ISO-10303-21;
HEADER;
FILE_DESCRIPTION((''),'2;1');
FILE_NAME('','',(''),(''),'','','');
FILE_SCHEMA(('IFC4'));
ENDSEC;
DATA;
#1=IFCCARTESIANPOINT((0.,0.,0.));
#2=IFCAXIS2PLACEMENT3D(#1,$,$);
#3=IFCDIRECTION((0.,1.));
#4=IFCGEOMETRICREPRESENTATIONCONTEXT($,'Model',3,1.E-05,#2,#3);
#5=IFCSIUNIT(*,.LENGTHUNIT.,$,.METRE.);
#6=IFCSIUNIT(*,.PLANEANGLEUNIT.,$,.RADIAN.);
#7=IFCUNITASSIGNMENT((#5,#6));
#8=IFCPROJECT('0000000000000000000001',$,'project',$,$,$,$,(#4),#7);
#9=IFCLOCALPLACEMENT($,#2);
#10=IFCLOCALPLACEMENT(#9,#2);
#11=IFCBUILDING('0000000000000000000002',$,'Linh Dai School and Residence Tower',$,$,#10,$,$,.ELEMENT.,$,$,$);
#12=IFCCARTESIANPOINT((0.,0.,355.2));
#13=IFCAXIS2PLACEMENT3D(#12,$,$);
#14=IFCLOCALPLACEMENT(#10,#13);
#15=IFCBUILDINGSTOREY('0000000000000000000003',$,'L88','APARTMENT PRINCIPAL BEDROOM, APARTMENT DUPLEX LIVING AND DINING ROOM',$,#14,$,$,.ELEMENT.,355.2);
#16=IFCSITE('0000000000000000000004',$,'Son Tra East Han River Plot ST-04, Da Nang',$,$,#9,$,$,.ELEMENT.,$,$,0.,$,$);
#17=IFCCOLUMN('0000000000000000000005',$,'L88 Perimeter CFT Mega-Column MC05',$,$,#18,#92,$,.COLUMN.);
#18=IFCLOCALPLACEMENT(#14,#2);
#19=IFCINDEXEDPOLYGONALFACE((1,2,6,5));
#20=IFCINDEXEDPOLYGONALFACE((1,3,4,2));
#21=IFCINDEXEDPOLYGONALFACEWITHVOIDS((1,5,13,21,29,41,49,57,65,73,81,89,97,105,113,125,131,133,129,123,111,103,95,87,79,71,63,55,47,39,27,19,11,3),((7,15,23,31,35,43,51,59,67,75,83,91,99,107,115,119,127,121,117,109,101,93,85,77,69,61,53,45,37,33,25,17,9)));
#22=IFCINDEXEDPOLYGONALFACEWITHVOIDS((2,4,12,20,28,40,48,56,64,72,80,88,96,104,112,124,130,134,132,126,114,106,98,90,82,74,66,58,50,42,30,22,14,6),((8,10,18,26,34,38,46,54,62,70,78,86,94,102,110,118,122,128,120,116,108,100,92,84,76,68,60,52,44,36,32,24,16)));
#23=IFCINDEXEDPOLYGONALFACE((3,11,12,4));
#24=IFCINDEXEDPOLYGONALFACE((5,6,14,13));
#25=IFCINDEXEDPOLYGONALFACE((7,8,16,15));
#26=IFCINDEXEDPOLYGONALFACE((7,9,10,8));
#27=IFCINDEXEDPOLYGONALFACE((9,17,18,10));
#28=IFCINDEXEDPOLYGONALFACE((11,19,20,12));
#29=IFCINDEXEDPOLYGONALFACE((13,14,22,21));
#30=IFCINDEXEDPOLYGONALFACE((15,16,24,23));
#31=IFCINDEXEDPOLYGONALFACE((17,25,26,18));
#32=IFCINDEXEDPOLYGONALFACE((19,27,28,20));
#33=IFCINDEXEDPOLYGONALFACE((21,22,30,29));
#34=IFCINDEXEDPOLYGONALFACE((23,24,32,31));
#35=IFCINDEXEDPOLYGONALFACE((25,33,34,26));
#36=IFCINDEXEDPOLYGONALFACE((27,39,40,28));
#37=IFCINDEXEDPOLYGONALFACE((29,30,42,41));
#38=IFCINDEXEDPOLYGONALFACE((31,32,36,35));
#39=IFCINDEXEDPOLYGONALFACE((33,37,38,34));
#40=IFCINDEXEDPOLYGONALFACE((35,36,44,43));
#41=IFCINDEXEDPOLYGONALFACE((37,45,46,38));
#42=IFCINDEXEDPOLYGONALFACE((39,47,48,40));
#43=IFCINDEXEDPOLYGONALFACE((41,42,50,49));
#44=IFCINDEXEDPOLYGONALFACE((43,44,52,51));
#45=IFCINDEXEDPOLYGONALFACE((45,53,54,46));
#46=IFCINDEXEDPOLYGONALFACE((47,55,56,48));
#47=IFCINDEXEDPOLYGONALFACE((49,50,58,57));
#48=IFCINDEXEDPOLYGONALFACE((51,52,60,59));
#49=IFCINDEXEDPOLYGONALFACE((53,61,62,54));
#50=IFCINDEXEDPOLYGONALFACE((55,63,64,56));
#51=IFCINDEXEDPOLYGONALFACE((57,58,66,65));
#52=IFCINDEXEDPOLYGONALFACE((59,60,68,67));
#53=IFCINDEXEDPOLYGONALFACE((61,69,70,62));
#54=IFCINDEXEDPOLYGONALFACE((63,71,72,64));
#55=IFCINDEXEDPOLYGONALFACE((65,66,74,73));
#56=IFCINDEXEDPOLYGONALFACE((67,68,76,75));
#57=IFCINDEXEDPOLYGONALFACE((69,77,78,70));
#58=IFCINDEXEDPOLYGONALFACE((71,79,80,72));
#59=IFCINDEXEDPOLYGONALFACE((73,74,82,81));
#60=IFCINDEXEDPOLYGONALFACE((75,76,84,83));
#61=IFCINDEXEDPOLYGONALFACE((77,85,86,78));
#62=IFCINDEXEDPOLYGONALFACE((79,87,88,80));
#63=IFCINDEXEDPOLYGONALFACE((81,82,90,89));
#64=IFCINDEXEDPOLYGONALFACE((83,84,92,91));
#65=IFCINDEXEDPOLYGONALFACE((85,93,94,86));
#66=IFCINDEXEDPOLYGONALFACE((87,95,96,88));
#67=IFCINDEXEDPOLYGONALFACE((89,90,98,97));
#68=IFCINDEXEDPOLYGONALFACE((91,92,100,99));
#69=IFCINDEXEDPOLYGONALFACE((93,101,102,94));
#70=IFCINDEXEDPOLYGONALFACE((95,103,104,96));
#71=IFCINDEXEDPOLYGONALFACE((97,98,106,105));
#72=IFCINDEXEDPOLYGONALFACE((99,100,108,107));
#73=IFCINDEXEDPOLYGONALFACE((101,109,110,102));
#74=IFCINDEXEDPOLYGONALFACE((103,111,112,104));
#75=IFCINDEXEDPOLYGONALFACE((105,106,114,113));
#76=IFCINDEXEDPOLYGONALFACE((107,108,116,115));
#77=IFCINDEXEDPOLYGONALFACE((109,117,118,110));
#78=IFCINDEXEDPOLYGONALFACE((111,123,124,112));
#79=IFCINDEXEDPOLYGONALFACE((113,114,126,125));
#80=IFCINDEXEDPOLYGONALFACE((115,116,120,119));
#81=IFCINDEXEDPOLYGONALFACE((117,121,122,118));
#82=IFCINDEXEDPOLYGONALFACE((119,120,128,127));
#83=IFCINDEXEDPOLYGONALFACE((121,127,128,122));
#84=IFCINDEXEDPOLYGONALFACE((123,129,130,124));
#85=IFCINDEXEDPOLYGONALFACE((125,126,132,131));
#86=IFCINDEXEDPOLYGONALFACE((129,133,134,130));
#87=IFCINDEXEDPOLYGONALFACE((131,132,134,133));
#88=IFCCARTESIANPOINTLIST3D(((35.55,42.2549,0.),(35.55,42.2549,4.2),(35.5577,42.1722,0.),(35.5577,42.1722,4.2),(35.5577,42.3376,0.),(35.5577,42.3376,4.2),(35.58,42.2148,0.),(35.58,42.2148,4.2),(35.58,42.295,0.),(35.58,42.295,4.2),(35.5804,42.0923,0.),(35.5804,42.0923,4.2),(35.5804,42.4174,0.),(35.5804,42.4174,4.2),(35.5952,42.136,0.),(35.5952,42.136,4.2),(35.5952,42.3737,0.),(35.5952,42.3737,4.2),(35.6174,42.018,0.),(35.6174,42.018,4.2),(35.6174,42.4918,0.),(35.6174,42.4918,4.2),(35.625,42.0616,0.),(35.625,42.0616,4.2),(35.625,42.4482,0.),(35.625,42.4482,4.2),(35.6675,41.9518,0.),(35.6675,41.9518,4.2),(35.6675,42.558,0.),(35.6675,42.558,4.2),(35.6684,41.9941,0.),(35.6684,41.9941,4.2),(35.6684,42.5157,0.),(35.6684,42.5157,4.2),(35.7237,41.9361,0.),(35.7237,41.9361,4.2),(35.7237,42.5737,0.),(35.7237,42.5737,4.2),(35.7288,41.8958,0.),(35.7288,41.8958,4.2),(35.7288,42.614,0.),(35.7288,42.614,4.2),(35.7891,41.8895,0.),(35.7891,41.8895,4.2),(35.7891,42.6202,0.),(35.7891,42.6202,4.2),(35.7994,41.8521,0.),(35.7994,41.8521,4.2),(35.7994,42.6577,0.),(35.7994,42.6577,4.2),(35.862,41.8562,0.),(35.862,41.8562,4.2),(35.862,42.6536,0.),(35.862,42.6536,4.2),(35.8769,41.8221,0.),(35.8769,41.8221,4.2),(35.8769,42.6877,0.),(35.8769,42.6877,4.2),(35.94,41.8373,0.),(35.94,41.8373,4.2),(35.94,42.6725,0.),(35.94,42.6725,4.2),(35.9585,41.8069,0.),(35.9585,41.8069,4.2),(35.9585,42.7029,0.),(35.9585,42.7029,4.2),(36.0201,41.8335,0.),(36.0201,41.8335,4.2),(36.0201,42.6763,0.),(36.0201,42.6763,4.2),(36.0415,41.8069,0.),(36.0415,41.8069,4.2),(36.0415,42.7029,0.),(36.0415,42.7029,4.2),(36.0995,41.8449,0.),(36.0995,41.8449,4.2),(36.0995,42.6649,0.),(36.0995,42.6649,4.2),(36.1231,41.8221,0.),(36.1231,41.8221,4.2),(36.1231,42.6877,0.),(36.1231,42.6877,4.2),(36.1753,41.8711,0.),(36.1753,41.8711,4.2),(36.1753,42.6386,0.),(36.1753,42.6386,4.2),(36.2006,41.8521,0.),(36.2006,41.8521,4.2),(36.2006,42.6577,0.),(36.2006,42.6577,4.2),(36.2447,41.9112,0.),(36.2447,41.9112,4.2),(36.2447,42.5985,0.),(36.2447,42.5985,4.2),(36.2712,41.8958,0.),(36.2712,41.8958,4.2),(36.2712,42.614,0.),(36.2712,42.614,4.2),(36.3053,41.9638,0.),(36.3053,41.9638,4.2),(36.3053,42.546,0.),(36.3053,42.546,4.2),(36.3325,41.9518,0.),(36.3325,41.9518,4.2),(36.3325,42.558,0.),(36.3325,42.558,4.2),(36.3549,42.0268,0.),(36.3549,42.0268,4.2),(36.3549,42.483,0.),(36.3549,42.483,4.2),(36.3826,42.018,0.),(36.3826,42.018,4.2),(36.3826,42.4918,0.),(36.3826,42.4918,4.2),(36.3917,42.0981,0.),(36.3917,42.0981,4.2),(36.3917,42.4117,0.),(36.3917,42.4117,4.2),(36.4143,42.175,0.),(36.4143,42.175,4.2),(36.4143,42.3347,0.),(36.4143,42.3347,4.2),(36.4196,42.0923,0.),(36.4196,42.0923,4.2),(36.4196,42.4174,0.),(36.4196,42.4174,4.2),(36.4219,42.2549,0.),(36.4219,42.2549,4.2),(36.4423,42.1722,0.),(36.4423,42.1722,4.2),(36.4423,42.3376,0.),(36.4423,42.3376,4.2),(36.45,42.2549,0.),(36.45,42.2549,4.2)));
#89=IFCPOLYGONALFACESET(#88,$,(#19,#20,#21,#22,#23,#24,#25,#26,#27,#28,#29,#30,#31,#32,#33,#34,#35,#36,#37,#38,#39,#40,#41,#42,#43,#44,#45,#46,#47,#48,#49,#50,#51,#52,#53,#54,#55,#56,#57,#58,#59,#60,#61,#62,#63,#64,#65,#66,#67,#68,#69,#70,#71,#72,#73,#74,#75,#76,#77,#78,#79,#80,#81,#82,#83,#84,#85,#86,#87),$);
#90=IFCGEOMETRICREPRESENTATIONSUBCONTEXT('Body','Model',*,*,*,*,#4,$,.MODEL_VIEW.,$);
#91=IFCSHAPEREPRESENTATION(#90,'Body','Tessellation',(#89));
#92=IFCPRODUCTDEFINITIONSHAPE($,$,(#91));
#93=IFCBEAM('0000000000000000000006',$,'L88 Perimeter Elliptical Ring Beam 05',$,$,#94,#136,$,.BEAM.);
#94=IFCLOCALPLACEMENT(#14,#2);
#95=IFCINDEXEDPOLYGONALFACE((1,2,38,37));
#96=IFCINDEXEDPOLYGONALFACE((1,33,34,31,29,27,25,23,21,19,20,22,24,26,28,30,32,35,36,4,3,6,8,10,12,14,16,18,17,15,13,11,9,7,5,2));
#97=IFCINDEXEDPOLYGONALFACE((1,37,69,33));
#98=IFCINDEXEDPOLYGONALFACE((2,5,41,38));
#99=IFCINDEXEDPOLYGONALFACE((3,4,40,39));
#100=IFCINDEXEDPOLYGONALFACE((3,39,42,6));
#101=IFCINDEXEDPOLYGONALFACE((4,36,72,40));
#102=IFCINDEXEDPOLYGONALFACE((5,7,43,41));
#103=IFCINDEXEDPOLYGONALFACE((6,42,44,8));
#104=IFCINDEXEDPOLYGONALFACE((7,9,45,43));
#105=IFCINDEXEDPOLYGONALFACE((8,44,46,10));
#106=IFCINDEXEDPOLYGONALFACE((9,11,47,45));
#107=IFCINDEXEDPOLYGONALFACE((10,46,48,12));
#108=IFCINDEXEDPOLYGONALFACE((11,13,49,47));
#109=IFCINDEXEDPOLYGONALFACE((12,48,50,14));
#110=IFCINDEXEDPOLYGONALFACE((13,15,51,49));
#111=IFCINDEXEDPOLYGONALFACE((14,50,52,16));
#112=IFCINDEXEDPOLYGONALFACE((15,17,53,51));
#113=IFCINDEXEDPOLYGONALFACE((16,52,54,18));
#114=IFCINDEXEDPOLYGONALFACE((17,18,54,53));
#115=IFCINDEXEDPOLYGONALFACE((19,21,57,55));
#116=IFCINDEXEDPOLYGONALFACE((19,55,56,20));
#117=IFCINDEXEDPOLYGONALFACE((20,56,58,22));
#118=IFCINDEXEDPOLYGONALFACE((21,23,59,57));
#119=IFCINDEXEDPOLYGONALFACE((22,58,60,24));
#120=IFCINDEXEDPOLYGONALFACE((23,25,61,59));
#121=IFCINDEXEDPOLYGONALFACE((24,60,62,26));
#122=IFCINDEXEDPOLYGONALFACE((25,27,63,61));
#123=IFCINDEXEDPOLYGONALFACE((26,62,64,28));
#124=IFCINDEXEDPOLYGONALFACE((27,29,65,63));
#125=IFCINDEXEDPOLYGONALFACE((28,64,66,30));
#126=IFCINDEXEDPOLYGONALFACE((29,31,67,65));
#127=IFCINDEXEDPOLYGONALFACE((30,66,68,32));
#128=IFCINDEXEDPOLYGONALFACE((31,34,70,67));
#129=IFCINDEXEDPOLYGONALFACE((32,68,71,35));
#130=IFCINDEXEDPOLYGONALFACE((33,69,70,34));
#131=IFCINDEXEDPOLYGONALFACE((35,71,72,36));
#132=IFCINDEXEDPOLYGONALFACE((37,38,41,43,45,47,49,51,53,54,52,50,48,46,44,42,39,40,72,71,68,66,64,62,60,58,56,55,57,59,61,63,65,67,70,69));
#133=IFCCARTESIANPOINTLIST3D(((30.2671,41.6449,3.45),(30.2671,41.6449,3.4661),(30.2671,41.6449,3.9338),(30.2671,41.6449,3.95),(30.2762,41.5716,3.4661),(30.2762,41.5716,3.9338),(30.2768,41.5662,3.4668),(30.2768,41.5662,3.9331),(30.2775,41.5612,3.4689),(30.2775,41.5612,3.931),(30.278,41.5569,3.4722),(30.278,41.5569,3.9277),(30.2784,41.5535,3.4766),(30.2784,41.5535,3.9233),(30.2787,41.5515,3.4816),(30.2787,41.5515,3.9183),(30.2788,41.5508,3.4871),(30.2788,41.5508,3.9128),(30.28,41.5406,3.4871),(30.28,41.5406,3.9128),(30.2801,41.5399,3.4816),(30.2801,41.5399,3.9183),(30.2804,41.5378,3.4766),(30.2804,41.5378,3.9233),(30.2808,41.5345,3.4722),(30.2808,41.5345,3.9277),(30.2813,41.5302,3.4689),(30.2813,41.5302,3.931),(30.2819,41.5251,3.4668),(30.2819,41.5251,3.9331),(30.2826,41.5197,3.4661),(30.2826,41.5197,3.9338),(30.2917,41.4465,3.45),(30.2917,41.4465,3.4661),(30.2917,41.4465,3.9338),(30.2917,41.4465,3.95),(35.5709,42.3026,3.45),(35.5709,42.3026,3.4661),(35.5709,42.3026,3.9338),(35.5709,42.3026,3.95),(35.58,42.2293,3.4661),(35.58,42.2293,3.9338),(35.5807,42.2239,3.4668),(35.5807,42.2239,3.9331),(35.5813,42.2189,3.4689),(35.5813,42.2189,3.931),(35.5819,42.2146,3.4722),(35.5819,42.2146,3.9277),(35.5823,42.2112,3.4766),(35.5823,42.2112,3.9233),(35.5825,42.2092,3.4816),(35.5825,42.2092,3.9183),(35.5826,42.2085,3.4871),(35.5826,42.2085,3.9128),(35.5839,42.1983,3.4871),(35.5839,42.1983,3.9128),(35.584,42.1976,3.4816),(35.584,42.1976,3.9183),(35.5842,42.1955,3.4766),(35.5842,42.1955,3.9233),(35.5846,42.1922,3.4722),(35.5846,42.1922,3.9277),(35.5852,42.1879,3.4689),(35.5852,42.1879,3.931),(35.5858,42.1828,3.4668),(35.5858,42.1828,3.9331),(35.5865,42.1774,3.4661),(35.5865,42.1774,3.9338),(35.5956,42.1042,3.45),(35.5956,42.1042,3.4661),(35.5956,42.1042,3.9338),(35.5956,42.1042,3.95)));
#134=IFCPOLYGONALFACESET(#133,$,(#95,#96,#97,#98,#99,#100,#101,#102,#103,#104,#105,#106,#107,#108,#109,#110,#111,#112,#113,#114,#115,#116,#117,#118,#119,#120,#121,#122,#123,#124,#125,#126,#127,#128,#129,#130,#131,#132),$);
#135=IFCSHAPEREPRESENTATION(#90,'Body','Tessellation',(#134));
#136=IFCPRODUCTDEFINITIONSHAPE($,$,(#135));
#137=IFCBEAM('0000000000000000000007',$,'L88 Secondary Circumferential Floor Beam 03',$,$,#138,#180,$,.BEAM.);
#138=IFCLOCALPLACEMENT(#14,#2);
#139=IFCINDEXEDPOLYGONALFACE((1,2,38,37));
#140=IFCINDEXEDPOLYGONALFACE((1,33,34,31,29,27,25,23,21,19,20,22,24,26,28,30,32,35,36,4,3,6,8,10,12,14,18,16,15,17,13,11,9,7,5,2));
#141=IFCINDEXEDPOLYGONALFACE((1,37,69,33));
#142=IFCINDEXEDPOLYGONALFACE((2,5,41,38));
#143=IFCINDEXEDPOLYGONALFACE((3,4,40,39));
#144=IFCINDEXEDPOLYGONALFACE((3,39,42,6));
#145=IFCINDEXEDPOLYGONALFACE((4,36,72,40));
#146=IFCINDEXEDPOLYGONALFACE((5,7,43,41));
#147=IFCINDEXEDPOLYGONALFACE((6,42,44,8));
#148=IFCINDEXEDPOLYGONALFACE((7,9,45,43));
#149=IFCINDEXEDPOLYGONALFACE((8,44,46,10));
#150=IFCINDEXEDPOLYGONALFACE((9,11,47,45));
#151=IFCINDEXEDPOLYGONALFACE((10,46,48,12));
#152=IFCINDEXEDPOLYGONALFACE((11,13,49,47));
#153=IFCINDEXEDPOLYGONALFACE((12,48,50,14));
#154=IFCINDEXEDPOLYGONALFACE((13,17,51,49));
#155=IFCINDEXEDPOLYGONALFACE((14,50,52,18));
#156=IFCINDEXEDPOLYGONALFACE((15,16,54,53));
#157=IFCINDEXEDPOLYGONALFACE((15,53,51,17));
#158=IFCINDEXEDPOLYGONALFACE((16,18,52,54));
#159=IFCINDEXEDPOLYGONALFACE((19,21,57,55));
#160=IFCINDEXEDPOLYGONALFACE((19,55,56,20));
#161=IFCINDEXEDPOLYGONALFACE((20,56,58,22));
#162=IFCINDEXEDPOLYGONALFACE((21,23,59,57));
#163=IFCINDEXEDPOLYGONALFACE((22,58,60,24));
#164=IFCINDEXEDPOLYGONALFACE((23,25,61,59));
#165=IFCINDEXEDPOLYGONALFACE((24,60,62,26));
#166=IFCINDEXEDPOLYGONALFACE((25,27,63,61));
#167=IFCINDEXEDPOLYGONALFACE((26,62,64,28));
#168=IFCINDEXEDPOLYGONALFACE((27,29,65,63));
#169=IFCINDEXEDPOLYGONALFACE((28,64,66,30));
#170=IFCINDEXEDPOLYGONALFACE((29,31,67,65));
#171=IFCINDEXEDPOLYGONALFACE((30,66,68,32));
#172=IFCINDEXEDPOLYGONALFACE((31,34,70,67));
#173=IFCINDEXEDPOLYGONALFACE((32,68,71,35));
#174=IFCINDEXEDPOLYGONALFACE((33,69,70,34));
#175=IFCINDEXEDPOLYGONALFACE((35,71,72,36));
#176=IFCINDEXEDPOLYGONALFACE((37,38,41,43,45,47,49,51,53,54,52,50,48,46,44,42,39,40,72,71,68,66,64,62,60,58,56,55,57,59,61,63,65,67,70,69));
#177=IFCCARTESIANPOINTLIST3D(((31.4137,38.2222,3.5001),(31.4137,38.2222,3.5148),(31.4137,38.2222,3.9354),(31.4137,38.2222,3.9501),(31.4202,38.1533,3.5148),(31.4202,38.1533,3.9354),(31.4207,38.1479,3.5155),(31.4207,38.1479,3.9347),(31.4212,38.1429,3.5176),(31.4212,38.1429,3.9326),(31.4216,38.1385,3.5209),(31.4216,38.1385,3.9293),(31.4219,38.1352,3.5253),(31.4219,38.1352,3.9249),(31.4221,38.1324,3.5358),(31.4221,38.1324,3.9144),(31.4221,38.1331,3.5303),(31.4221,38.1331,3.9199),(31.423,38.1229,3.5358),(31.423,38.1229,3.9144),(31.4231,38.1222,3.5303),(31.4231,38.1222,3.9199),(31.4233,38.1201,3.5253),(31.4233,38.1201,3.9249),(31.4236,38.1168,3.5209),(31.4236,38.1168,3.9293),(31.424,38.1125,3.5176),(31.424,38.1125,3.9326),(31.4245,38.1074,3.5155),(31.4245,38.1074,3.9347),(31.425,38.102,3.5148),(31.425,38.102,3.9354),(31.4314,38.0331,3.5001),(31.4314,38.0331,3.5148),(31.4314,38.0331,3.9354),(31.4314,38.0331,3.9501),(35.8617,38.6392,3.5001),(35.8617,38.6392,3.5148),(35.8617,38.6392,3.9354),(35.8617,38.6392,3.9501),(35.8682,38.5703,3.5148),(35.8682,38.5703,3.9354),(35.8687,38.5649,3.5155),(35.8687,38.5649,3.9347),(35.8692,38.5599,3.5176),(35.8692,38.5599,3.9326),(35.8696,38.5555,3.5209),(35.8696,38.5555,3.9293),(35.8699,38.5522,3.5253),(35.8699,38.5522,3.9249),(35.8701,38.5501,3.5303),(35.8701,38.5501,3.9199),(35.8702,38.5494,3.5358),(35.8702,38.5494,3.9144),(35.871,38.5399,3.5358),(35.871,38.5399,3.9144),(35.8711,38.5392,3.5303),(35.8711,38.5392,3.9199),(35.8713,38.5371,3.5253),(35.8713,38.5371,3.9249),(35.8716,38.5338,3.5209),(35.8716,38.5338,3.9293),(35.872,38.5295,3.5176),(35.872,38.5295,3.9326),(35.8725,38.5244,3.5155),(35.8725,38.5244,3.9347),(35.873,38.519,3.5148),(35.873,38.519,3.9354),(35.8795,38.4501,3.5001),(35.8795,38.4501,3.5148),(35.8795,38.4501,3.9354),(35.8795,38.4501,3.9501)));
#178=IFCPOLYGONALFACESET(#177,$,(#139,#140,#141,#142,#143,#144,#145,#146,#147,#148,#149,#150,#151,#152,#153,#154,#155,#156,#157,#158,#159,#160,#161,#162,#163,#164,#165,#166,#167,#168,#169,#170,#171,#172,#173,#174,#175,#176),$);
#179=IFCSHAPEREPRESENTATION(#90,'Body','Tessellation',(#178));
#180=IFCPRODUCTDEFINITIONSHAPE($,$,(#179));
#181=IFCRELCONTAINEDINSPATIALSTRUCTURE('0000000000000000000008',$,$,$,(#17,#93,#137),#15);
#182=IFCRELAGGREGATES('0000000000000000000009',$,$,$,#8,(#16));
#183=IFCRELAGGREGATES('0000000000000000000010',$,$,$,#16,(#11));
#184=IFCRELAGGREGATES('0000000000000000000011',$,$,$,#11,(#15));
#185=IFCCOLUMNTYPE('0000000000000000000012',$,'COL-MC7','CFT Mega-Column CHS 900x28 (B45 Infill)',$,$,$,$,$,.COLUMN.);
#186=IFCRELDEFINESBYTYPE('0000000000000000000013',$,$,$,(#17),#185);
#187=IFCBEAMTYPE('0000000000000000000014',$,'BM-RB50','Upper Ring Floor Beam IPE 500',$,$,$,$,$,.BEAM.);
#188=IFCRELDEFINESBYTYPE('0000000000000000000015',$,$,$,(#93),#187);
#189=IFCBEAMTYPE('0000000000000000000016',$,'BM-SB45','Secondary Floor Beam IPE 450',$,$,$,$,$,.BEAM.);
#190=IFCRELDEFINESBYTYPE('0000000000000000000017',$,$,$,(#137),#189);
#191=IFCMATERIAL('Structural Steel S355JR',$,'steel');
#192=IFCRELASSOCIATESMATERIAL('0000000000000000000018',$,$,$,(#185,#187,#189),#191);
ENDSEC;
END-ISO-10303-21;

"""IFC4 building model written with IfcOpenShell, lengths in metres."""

from ifc_helpers import new_model, si_unit, direction, frame, origin, origin_2d, place, context, subcontext, project, spatial, hollow_circle, i_section, extrude, material, material_profile, profile_set, type_object, element, save


model = new_model("IFC4")

# Units and contexts
model_context = context("Model", 3, precision=1e-05, world=origin(), true_north=direction((0.0, 1.0)))
body_context = subcontext(model_context, "Body", "Model", "MODEL_VIEW")
ifc_project = project(units=[si_unit("LENGTHUNIT", "METRE"), si_unit("PLANEANGLEUNIT", "RADIAN")], contexts=[model_context])

# Site, building, storey
site_placement = place(None, origin())
site = spatial("IfcSite", under=ifc_project, at=site_placement, Name="Son Tra East Han River Plot ST-04, Da Nang", CompositionType="ELEMENT", RefElevation=0.0)
building_placement = place(site_placement, origin())
building = spatial("IfcBuilding", under=site, at=building_placement, Name="Linh Dai School and Residence Tower", CompositionType="ELEMENT")
storey_placement = place(building_placement, frame((0.0, 0.0, 355.2)))
storey = spatial("IfcBuildingStorey", under=building, at=storey_placement, Name="L88", Description="APARTMENT PRINCIPAL BEDROOM, APARTMENT DUPLEX LIVING AND DINING ROOM", CompositionType="ELEMENT", Elevation=355.2)

# Column
ifc_material_1 = material(Name="Structural Steel S355JR", Category="steel")
ifc_material_profile_1 = material_profile(ifc_material_1, hollow_circle(Radius=0.45, WallThickness=0.0281, at=origin_2d()), Name="CHS 900x28")
ifc_profile_set_1 = profile_set([ifc_material_profile_1], Name="Structural Steel S355JR")
column_type = type_object("IfcColumnType", Name="COL-MC7", Description="CFT Mega-Column CHS 900x28 (B45 Infill)", PredefinedType="COLUMN", material=ifc_profile_set_1)
column_placement = place(storey_placement, frame((36.0, 42.2549, 0.0), z_axis=(0.0, 0.0, 1.0), x_axis=(1.0, 0.0, 0.0)))
element("IfcColumn", 1, at=column_placement, inside=storey, type_object=column_type, Name="L88 Perimeter CFT Mega-Column MC05", PredefinedType="COLUMN", context=body_context, shape_type="SweptSolid", body=[
    extrude(hollow_circle(Radius=0.45, WallThickness=0.0281, at=origin_2d()), origin(), (0.0, 0.0, 1.0), 4.2),
])

# Beams
ifc_material_profile_2 = material_profile(ifc_material_1, i_section(OverallWidth=0.2, OverallDepth=0.5, WebThickness=0.0103, FlangeThickness=0.0161, FilletRadius=0.021, at=origin_2d()), Name="IPE 500")
ifc_profile_set_2 = profile_set([ifc_material_profile_2], Name="Structural Steel S355JR")
beam_type_1 = type_object("IfcBeamType", Name="BM-RB50", Description="Upper Ring Floor Beam IPE 500", PredefinedType="BEAM", material=ifc_profile_set_2)
beam_1_placement = place(storey_placement, frame((35.5833, 42.2034, 3.7), z_axis=(-0.992399, -0.123062, 0.0), x_axis=(0.123062, -0.992399, 0.0)))
element("IfcBeam", 2, at=beam_1_placement, inside=storey, type_object=beam_type_1, Name="L88 Perimeter Elliptical Ring Beam 05", PredefinedType="BEAM", context=body_context, shape_type="SweptSolid", body=[
    extrude(i_section(OverallWidth=0.2, OverallDepth=0.5, WebThickness=0.0103, FlangeThickness=0.0161, FilletRadius=0.021, at=origin_2d()), origin(), (0.0, 0.0, 1.0), 5.3445),
])
ifc_material_profile_3 = material_profile(ifc_material_1, i_section(OverallWidth=0.1899, OverallDepth=0.45, WebThickness=0.0095, FlangeThickness=0.0146, FilletRadius=0.021, at=origin_2d()), Name="IPE 450")
ifc_profile_set_3 = profile_set([ifc_material_profile_3], Name="Structural Steel S355JR")
beam_type_2 = type_object("IfcBeamType", Name="BM-SB45", Description="Secondary Floor Beam IPE 450", PredefinedType="BEAM", material=ifc_profile_set_3)
beam_2_placement = place(storey_placement, frame((35.8706, 38.5447, 3.7251), z_axis=(-0.995634, -0.093339, 0.0), x_axis=(0.093339, -0.995634, 0.0)))
element("IfcBeam", 3, at=beam_2_placement, inside=storey, type_object=beam_type_2, Name="L88 Secondary Circumferential Floor Beam 03", PredefinedType="BEAM", context=body_context, shape_type="SweptSolid", body=[
    extrude(i_section(OverallWidth=0.1899, OverallDepth=0.45, WebThickness=0.0095, FlangeThickness=0.0146, FilletRadius=0.021, at=origin_2d()), origin(), (0.0, 0.0, 1.0), 4.4675),
])

save(model, "model.ifc")
